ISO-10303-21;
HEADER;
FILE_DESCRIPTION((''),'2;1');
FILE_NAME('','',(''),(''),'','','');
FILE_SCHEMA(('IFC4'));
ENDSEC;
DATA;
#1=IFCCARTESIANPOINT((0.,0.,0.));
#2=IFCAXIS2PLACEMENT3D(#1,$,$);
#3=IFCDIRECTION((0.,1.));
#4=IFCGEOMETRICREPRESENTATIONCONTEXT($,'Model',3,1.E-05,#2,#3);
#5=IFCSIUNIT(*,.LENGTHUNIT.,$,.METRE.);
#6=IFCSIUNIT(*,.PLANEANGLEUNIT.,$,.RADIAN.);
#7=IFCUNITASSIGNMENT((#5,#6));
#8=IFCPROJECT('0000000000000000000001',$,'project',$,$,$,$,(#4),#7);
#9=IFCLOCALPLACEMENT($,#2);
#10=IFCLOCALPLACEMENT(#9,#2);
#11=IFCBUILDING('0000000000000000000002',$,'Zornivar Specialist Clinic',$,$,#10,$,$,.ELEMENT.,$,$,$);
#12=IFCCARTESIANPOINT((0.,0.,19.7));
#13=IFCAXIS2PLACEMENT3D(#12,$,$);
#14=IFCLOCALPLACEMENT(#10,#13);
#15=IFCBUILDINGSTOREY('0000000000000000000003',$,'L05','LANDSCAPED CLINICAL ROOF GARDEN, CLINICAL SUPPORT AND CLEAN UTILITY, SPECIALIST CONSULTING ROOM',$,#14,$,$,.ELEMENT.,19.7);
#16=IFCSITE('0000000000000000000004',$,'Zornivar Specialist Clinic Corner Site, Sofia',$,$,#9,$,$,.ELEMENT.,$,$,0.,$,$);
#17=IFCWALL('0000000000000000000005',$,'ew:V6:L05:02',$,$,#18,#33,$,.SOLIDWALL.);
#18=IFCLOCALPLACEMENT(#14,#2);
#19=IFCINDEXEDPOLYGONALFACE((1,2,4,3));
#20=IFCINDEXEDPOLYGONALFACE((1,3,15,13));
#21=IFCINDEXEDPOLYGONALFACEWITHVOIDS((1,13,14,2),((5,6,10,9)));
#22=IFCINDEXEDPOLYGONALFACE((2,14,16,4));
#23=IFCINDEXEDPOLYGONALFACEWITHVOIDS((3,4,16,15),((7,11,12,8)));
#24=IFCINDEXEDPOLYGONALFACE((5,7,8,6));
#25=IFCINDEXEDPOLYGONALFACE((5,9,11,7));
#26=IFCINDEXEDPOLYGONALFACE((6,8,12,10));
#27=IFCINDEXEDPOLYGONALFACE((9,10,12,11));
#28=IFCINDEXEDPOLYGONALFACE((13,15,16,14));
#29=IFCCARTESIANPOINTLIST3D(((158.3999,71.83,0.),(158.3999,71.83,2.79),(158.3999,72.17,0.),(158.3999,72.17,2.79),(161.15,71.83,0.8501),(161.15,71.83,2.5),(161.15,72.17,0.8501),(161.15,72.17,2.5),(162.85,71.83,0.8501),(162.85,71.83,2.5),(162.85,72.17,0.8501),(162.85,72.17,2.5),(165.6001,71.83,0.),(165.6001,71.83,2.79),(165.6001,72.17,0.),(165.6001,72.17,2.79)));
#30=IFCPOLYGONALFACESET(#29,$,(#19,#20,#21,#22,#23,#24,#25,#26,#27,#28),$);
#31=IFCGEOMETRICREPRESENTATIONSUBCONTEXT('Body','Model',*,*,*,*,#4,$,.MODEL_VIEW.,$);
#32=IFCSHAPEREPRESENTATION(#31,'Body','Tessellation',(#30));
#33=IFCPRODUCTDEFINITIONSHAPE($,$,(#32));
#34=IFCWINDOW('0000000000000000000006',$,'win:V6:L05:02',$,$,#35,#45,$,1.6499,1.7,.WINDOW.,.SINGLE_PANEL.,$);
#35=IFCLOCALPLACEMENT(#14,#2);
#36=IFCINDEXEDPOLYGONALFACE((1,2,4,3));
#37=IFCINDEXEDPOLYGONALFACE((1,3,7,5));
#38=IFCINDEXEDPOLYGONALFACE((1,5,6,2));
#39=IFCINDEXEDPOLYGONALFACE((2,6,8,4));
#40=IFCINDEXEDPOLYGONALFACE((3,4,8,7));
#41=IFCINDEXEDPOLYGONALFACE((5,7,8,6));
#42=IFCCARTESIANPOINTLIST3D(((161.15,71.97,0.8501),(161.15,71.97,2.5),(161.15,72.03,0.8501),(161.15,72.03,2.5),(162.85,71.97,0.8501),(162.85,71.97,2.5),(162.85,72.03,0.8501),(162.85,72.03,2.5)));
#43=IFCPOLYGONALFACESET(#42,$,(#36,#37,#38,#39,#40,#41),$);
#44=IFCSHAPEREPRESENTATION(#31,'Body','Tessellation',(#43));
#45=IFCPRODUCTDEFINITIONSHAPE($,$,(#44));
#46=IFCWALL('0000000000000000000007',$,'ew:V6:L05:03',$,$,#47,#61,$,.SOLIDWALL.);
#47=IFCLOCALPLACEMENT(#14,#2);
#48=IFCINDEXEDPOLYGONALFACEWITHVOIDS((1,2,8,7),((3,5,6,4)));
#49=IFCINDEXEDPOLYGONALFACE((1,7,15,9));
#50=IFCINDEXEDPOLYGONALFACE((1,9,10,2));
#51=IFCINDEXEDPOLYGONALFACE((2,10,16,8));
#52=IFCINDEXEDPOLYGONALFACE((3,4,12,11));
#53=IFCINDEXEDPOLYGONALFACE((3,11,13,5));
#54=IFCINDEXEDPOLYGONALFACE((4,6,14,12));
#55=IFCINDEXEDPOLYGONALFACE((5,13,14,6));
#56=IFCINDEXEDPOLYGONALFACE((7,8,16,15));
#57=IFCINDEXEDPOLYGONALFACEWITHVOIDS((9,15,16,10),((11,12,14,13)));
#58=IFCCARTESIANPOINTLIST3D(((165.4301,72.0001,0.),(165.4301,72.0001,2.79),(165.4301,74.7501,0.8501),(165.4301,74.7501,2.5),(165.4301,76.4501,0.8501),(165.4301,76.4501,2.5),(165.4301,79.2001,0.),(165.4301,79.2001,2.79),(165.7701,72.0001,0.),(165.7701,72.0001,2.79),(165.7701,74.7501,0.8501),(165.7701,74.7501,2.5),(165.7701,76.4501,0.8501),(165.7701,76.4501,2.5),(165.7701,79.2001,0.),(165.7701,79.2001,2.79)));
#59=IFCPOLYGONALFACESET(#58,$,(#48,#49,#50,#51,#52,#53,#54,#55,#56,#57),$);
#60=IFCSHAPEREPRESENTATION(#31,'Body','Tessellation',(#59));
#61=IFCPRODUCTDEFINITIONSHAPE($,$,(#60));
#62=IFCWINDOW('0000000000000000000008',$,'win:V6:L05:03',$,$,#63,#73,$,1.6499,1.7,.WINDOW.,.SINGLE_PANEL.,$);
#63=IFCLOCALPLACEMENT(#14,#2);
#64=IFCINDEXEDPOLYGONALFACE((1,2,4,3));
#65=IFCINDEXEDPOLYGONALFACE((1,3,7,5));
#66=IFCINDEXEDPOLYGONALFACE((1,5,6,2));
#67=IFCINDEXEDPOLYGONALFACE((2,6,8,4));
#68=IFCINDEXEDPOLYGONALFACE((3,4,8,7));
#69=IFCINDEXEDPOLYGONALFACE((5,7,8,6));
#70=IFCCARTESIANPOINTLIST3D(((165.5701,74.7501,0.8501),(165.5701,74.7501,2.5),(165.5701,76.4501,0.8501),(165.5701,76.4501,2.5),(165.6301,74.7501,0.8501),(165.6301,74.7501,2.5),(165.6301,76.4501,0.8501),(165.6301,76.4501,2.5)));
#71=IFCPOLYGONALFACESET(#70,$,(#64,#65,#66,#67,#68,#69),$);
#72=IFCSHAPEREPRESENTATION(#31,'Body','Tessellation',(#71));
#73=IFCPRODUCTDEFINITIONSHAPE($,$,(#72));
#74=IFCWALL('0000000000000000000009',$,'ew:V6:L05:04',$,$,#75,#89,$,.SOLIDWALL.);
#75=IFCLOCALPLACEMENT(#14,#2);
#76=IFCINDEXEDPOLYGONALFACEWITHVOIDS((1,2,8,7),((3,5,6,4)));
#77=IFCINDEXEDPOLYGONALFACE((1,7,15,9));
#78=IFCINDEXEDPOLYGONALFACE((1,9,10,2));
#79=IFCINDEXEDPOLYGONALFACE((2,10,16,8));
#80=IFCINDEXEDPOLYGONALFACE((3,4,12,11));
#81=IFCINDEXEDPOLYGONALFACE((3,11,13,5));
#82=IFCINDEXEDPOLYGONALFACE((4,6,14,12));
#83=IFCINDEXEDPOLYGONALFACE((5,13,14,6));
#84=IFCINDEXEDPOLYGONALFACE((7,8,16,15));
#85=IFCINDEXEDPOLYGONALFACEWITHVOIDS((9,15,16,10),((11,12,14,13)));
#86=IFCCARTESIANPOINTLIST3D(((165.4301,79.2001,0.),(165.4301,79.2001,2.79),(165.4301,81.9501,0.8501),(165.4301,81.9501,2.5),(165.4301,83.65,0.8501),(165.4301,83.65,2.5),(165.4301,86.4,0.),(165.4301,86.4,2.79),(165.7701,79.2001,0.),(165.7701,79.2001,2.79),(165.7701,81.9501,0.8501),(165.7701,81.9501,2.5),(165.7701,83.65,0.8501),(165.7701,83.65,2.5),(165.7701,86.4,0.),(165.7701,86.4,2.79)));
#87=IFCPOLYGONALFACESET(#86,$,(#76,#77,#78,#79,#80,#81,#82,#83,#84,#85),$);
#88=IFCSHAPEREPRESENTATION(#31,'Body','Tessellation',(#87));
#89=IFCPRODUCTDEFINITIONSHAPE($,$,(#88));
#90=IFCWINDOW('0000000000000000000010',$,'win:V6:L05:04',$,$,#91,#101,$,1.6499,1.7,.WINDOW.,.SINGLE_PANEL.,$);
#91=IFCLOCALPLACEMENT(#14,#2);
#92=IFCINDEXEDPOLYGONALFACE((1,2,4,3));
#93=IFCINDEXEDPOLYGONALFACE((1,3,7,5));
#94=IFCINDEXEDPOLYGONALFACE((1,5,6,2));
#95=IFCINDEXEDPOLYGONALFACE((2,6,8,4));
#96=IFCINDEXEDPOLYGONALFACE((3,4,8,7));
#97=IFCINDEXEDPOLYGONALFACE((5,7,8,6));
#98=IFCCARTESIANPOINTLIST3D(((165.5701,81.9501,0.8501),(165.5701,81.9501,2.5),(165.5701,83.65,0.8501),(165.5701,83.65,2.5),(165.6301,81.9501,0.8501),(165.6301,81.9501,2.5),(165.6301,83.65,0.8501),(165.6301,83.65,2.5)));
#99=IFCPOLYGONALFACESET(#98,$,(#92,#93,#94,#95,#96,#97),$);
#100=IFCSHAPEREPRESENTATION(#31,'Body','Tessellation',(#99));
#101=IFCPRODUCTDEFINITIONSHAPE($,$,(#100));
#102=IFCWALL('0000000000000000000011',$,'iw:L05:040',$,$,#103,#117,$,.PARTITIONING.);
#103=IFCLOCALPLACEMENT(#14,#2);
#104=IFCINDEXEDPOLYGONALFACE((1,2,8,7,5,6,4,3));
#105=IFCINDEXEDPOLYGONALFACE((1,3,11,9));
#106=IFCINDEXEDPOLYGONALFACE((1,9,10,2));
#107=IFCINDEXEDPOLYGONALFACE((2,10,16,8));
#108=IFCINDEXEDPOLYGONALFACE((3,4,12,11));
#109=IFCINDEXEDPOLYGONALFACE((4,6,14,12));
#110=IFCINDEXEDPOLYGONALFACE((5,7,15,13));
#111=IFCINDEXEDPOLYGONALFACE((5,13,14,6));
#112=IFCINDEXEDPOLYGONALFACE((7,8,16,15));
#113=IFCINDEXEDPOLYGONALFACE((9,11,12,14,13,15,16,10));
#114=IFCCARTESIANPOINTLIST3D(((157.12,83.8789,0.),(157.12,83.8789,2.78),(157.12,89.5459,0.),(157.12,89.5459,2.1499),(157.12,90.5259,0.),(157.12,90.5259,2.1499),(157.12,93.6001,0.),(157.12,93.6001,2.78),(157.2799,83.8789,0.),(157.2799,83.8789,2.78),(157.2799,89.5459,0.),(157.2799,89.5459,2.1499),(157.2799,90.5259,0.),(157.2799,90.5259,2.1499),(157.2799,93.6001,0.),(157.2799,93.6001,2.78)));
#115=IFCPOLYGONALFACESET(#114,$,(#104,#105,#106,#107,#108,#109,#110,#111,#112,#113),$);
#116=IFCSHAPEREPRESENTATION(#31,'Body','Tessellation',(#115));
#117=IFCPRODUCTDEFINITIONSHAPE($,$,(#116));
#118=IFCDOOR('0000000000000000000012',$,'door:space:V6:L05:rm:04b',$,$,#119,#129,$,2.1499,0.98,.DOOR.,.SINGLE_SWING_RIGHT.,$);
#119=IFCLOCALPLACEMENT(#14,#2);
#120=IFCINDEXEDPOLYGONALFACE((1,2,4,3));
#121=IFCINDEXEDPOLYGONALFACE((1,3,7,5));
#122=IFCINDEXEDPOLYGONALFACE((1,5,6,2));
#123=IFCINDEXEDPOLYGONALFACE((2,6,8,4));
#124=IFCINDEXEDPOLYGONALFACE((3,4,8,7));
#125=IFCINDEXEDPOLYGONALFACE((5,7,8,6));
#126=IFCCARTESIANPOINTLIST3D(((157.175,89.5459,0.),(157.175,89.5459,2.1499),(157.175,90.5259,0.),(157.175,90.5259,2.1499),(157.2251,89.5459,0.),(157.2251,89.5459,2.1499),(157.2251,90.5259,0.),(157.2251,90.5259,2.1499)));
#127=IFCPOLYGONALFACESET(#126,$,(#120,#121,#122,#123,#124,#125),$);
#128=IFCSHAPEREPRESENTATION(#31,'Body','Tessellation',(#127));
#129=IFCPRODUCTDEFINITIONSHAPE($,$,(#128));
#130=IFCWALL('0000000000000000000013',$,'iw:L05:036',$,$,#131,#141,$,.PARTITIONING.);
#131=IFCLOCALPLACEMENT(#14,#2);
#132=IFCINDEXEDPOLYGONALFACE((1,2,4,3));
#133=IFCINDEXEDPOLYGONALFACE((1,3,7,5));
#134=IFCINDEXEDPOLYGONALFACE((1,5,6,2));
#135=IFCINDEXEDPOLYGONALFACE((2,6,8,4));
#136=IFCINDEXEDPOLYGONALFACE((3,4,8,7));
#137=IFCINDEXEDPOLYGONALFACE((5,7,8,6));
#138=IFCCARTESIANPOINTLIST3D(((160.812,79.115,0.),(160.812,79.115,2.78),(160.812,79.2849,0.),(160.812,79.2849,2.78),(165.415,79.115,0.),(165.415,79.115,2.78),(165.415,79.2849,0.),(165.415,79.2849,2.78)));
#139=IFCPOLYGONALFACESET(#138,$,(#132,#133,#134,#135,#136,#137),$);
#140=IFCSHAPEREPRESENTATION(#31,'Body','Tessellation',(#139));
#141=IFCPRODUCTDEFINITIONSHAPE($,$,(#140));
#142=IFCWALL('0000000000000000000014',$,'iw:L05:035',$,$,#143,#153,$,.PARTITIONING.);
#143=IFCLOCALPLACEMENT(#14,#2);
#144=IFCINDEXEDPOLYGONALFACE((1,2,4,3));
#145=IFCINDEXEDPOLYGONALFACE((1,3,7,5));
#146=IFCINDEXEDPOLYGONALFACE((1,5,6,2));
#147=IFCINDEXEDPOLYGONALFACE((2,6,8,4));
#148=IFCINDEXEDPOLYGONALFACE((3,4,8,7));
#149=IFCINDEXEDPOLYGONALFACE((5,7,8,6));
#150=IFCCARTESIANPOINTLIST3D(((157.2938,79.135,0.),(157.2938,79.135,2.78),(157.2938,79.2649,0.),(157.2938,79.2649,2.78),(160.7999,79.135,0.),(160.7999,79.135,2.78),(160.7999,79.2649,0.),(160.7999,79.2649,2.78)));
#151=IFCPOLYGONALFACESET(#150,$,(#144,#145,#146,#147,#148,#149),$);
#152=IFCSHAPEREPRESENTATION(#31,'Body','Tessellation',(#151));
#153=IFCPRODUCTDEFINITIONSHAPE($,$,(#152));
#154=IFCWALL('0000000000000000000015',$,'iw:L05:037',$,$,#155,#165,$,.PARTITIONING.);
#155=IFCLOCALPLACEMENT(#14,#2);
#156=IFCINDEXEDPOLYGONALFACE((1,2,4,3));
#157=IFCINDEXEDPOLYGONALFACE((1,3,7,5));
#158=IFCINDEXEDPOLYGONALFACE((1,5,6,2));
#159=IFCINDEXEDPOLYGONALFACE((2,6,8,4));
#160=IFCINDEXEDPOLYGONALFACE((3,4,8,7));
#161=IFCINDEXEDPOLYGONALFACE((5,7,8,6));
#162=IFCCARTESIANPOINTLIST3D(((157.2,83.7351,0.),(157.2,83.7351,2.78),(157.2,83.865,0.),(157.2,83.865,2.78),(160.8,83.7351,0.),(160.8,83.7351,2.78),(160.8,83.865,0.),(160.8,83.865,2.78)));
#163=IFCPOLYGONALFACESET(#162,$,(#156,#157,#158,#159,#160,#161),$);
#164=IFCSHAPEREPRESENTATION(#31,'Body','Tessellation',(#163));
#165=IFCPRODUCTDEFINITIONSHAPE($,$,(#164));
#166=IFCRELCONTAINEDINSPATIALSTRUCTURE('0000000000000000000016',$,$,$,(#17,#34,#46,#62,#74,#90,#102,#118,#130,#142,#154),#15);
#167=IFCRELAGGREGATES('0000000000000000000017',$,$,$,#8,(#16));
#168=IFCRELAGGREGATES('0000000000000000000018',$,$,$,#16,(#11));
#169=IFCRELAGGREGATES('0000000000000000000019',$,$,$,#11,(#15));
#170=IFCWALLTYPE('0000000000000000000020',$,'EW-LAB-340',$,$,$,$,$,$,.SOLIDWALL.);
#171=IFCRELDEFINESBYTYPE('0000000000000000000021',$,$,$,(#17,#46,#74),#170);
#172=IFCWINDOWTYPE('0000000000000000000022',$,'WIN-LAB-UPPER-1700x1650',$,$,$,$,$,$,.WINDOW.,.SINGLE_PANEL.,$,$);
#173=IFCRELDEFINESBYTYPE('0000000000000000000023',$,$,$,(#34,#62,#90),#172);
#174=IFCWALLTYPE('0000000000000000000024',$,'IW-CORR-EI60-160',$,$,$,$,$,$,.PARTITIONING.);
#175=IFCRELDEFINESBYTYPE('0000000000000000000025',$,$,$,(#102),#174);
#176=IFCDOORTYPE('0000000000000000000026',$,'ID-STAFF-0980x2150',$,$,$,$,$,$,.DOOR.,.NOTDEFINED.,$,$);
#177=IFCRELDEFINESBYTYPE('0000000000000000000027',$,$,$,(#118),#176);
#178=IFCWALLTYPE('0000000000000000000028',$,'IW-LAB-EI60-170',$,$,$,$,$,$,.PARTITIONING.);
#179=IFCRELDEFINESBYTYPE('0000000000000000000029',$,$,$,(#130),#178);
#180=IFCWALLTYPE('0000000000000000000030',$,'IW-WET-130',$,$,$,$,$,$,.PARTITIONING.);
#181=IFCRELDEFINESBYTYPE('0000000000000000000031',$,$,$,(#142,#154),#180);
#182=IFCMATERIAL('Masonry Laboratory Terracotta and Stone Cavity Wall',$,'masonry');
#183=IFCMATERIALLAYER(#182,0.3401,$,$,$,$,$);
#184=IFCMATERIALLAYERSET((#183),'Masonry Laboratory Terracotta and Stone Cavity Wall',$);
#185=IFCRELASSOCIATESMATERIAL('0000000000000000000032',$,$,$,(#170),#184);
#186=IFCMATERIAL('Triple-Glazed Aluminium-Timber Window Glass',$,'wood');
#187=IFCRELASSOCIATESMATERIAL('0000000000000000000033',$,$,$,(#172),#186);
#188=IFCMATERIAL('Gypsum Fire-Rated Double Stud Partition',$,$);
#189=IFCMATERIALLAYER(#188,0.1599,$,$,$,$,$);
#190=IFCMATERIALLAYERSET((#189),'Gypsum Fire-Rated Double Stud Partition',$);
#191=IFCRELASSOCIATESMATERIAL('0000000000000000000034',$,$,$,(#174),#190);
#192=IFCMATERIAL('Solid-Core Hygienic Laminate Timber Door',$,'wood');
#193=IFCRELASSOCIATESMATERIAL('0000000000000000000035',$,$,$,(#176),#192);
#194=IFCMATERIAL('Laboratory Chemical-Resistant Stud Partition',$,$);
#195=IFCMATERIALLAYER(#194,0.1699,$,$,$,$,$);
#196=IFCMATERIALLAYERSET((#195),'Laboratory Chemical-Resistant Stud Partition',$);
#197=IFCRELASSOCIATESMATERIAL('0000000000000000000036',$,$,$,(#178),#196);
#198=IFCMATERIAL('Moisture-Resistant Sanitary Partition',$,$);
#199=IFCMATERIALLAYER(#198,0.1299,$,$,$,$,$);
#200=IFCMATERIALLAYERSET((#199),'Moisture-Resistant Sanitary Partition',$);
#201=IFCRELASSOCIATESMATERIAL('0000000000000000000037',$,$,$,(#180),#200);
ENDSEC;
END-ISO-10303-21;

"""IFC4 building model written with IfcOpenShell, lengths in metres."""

from ifc_helpers import new_model, si_unit, direction, frame, frame_2d, origin, place, context, subcontext, project, spatial, rectangle, extrude, material, layer, layer_set, type_object, element, fill, save


model = new_model("IFC4")

# Units and contexts
model_context = context("Model", 3, precision=1e-05, world=origin(), true_north=direction((0.0, 1.0)))
body_context = subcontext(model_context, "Body", "Model", "MODEL_VIEW")
ifc_project = project(units=[si_unit("LENGTHUNIT", "METRE"), si_unit("PLANEANGLEUNIT", "RADIAN")], contexts=[model_context])

# Site, building, storey
site_placement = place(None, origin())
site = spatial("IfcSite", under=ifc_project, at=site_placement, Name="Zornivar Specialist Clinic Corner Site, Sofia", CompositionType="ELEMENT", RefElevation=0.0)
building_placement = place(site_placement, origin())
building = spatial("IfcBuilding", under=site, at=building_placement, Name="Zornivar Specialist Clinic", CompositionType="ELEMENT")
storey_placement = place(building_placement, frame((0.0, 0.0, 19.7)))
storey = spatial("IfcBuildingStorey", under=building, at=storey_placement, Name="L05", Description="LANDSCAPED CLINICAL ROOF GARDEN, CLINICAL SUPPORT AND CLEAN UTILITY, SPECIALIST CONSULTING ROOM", CompositionType="ELEMENT", Elevation=19.7)

# Walls, openings, windows
ifc_material_1 = material(Name="Masonry Laboratory Terracotta and Stone Cavity Wall", Category="masonry")
ifc_layer_1 = layer(ifc_material_1, 0.3401)
ifc_layer_set_1 = layer_set([ifc_layer_1], Name="Masonry Laboratory Terracotta and Stone Cavity Wall")
wall_type_1 = type_object("IfcWallType", Name="EW-LAB-340", PredefinedType="SOLIDWALL", material=ifc_layer_set_1)
wall_1_placement = place(storey_placement, frame((158.3999, 72.0, 0.0), z_axis=(0.0, 0.0, 1.0), x_axis=(1.0, 0.0, 0.0)))
wall_1 = element("IfcWall", 1, at=wall_1_placement, inside=storey, type_object=wall_type_1, Name="ew:V6:L05:02", PredefinedType="SOLIDWALL", context=body_context, shape_type="SweptSolid", body=[
    extrude(rectangle(XDim=7.2002, YDim=0.3401, at=frame_2d((3.6001, 0.0))), origin(), (0.0, 0.0, 1.0), 2.79),
])
opening_1_placement = place(wall_1_placement, frame((2.75, 0.0, 0.8501)))
opening_1 = element("IfcOpeningElement", 2, at=opening_1_placement, cuts=wall_1, PredefinedType="OPENING", context=body_context, shape_type="SweptSolid", body=[
    extrude(rectangle(XDim=1.7, YDim=1.6499, at=frame_2d((0.8501, 0.825))), frame((0.0, 0.1799, 0.0), z_axis=(0.0, -1.0, 0.0), x_axis=(1.0, 0.0, 0.0)), (0.0, 0.0, 1.0), 0.3601),
])
ifc_material_2 = material(Name="Triple-Glazed Aluminium-Timber Window Glass", Category="wood")
window_type = type_object("IfcWindowType", Name="WIN-LAB-UPPER-1700x1650", PartitioningType="SINGLE_PANEL", PredefinedType="WINDOW", material=ifc_material_2)
window_1_placement = place(opening_1_placement, origin())
window_1 = element("IfcWindow", 3, at=window_1_placement, inside=storey, type_object=window_type, Name="win:V6:L05:02", OverallHeight=1.6499, OverallWidth=1.7, PartitioningType="SINGLE_PANEL", PredefinedType="WINDOW", context=body_context, shape_type="SweptSolid", body=[
    extrude(rectangle(XDim=1.7, YDim=1.6499, at=frame_2d((0.8501, 0.825))), frame((0.0, 0.03, 0.0), z_axis=(0.0, -1.0, 0.0), x_axis=(1.0, 0.0, 0.0)), (0.0, 0.0, 1.0), 0.0601),
])
fill(opening_1, window_1)
wall_2_placement = place(storey_placement, frame((165.6001, 72.0, 0.0), z_axis=(0.0, 0.0, 1.0), x_axis=(0.0, 1.0, 0.0)))
wall_2 = element("IfcWall", 4, at=wall_2_placement, inside=storey, type_object=wall_type_1, Name="ew:V6:L05:03", PredefinedType="SOLIDWALL", context=body_context, shape_type="SweptSolid", body=[
    extrude(rectangle(XDim=7.2, YDim=0.3401, at=frame_2d((3.6001, 0.0))), origin(), (0.0, 0.0, 1.0), 2.79),
])
opening_2_placement = place(wall_2_placement, frame((2.75, 0.0, 0.8501)))
opening_2 = element("IfcOpeningElement", 5, at=opening_2_placement, cuts=wall_2, PredefinedType="OPENING", context=body_context, shape_type="SweptSolid", body=[
    extrude(rectangle(XDim=1.7, YDim=1.6499, at=frame_2d((0.8501, 0.825))), frame((0.0, 0.1799, 0.0), z_axis=(0.0, -1.0, 0.0), x_axis=(1.0, 0.0, 0.0)), (0.0, 0.0, 1.0), 0.3601),
])
window_2_placement = place(opening_2_placement, origin())
window_2 = element("IfcWindow", 6, at=window_2_placement, inside=storey, type_object=window_type, Name="win:V6:L05:03", OverallHeight=1.6499, OverallWidth=1.7, PartitioningType="SINGLE_PANEL", PredefinedType="WINDOW", context=body_context, shape_type="SweptSolid", body=[
    extrude(rectangle(XDim=1.7, YDim=1.6499, at=frame_2d((0.8501, 0.825))), frame((0.0, 0.03, 0.0), z_axis=(0.0, -1.0, 0.0), x_axis=(1.0, 0.0, 0.0)), (0.0, 0.0, 1.0), 0.0601),
])
fill(opening_2, window_2)
wall_3_placement = place(storey_placement, frame((165.6001, 79.2, 0.0), z_axis=(0.0, 0.0, 1.0), x_axis=(0.0, 1.0, 0.0)))
wall_3 = element("IfcWall", 7, at=wall_3_placement, inside=storey, type_object=wall_type_1, Name="ew:V6:L05:04", PredefinedType="SOLIDWALL", context=body_context, shape_type="SweptSolid", body=[
    extrude(rectangle(XDim=7.2, YDim=0.3401, at=frame_2d((3.6001, 0.0))), origin(), (0.0, 0.0, 1.0), 2.79),
])
opening_3_placement = place(wall_3_placement, frame((2.75, 0.0, 0.8501)))
opening_3 = element("IfcOpeningElement", 8, at=opening_3_placement, cuts=wall_3, PredefinedType="OPENING", context=body_context, shape_type="SweptSolid", body=[
    extrude(rectangle(XDim=1.7, YDim=1.6499, at=frame_2d((0.8501, 0.825))), frame((0.0, 0.1799, 0.0), z_axis=(0.0, -1.0, 0.0), x_axis=(1.0, 0.0, 0.0)), (0.0, 0.0, 1.0), 0.3601),
])
window_3_placement = place(opening_3_placement, origin())
window_3 = element("IfcWindow", 9, at=window_3_placement, inside=storey, type_object=window_type, Name="win:V6:L05:04", OverallHeight=1.6499, OverallWidth=1.7, PartitioningType="SINGLE_PANEL", PredefinedType="WINDOW", context=body_context, shape_type="SweptSolid", body=[
    extrude(rectangle(XDim=1.7, YDim=1.6499, at=frame_2d((0.8501, 0.825))), frame((0.0, 0.03, 0.0), z_axis=(0.0, -1.0, 0.0), x_axis=(1.0, 0.0, 0.0)), (0.0, 0.0, 1.0), 0.0601),
])
fill(opening_3, window_3)

# Wall, opening, door
ifc_material_3 = material(Name="Gypsum Fire-Rated Double Stud Partition")
ifc_layer_2 = layer(ifc_material_3, 0.1599)
ifc_layer_set_2 = layer_set([ifc_layer_2], Name="Gypsum Fire-Rated Double Stud Partition")
wall_type_2 = type_object("IfcWallType", Name="IW-CORR-EI60-160", PredefinedType="PARTITIONING", material=ifc_layer_set_2)
wall_4_placement = place(storey_placement, frame((157.2, 83.8789, 0.0), z_axis=(0.0, 0.0, 1.0), x_axis=(0.0, 1.0, 0.0)))
wall_4 = element("IfcWall", 10, at=wall_4_placement, inside=storey, type_object=wall_type_2, Name="iw:L05:040", PredefinedType="PARTITIONING", context=body_context, shape_type="SweptSolid", body=[
    extrude(rectangle(XDim=9.7212, YDim=0.1599, at=frame_2d((4.8606, 0.0))), origin(), (0.0, 0.0, 1.0), 2.78),
])
opening_4_placement = place(wall_4_placement, frame((5.667, 0.0, 0.0)))
opening_4 = element("IfcOpeningElement", 11, at=opening_4_placement, cuts=wall_4, PredefinedType="OPENING", context=body_context, shape_type="SweptSolid", body=[
    extrude(rectangle(XDim=0.98, YDim=2.1499, at=frame_2d((0.49, 1.075))), frame((0.0, 0.0898, 0.0), z_axis=(0.0, -1.0, 0.0), x_axis=(1.0, 0.0, 0.0)), (0.0, 0.0, 1.0), 0.1799),
])
ifc_material_4 = material(Name="Solid-Core Hygienic Laminate Timber Door", Category="wood")
door_type_1 = type_object("IfcDoorType", Name="ID-STAFF-0980x2150", OperationType="NOTDEFINED", PredefinedType="DOOR", material=ifc_material_4)
door_1_placement = place(opening_4_placement, origin())
door_1 = element("IfcDoor", 12, at=door_1_placement, inside=storey, type_object=door_type_1, Name="door:space:V6:L05:rm:04b", OperationType="SINGLE_SWING_RIGHT", OverallHeight=2.1499, OverallWidth=0.98, PredefinedType="DOOR", context=body_context, shape_type="SweptSolid", body=[
    extrude(rectangle(XDim=0.98, YDim=2.1499, at=frame_2d((0.49, 1.075))), frame((0.0, 0.0249, 0.0), z_axis=(0.0, -1.0, 0.0), x_axis=(1.0, 0.0, 0.0)), (0.0, 0.0, 1.0), 0.05),
])
fill(opening_4, door_1)

# Walls
ifc_material_5 = material(Name="Laboratory Chemical-Resistant Stud Partition")
ifc_layer_3 = layer(ifc_material_5, 0.1699)
ifc_layer_set_3 = layer_set([ifc_layer_3], Name="Laboratory Chemical-Resistant Stud Partition")
wall_type_3 = type_object("IfcWallType", Name="IW-LAB-EI60-170", PredefinedType="PARTITIONING", material=ifc_layer_set_3)
wall_5_placement = place(storey_placement, frame((160.812, 79.2, 0.0), z_axis=(0.0, 0.0, 1.0), x_axis=(1.0, 0.0, 0.0)))
element("IfcWall", 13, at=wall_5_placement, inside=storey, type_object=wall_type_3, Name="iw:L05:036", PredefinedType="PARTITIONING", context=body_context, shape_type="SweptSolid", body=[
    extrude(rectangle(XDim=4.603, YDim=0.1699, at=frame_2d((2.3015, 0.0))), origin(), (0.0, 0.0, 1.0), 2.78),
])
ifc_material_6 = material(Name="Moisture-Resistant Sanitary Partition")
ifc_layer_4 = layer(ifc_material_6, 0.1299)
ifc_layer_set_4 = layer_set([ifc_layer_4], Name="Moisture-Resistant Sanitary Partition")
wall_type_4 = type_object("IfcWallType", Name="IW-WET-130", PredefinedType="PARTITIONING", material=ifc_layer_set_4)
wall_6_placement = place(storey_placement, frame((157.2939, 79.2, 0.0), z_axis=(0.0, 0.0, 1.0), x_axis=(1.0, 0.0, 0.0)))
element("IfcWall", 14, at=wall_6_placement, inside=storey, type_object=wall_type_4, Name="iw:L05:035", PredefinedType="PARTITIONING", context=body_context, shape_type="SweptSolid", body=[
    extrude(rectangle(XDim=3.5061, YDim=0.1299, at=frame_2d((1.7529, 0.0))), origin(), (0.0, 0.0, 1.0), 2.78),
])
wall_7_placement = place(storey_placement, frame((157.2, 83.8, 0.0), z_axis=(0.0, 0.0, 1.0), x_axis=(1.0, 0.0, 0.0)))
element("IfcWall", 15, at=wall_7_placement, inside=storey, type_object=wall_type_4, Name="iw:L05:037", PredefinedType="PARTITIONING", context=body_context, shape_type="SweptSolid", body=[
    extrude(rectangle(XDim=3.6001, YDim=0.1299, at=frame_2d((1.8, 0.0))), origin(), (0.0, 0.0, 1.0), 2.78),
])

save(model, "model.ifc")
